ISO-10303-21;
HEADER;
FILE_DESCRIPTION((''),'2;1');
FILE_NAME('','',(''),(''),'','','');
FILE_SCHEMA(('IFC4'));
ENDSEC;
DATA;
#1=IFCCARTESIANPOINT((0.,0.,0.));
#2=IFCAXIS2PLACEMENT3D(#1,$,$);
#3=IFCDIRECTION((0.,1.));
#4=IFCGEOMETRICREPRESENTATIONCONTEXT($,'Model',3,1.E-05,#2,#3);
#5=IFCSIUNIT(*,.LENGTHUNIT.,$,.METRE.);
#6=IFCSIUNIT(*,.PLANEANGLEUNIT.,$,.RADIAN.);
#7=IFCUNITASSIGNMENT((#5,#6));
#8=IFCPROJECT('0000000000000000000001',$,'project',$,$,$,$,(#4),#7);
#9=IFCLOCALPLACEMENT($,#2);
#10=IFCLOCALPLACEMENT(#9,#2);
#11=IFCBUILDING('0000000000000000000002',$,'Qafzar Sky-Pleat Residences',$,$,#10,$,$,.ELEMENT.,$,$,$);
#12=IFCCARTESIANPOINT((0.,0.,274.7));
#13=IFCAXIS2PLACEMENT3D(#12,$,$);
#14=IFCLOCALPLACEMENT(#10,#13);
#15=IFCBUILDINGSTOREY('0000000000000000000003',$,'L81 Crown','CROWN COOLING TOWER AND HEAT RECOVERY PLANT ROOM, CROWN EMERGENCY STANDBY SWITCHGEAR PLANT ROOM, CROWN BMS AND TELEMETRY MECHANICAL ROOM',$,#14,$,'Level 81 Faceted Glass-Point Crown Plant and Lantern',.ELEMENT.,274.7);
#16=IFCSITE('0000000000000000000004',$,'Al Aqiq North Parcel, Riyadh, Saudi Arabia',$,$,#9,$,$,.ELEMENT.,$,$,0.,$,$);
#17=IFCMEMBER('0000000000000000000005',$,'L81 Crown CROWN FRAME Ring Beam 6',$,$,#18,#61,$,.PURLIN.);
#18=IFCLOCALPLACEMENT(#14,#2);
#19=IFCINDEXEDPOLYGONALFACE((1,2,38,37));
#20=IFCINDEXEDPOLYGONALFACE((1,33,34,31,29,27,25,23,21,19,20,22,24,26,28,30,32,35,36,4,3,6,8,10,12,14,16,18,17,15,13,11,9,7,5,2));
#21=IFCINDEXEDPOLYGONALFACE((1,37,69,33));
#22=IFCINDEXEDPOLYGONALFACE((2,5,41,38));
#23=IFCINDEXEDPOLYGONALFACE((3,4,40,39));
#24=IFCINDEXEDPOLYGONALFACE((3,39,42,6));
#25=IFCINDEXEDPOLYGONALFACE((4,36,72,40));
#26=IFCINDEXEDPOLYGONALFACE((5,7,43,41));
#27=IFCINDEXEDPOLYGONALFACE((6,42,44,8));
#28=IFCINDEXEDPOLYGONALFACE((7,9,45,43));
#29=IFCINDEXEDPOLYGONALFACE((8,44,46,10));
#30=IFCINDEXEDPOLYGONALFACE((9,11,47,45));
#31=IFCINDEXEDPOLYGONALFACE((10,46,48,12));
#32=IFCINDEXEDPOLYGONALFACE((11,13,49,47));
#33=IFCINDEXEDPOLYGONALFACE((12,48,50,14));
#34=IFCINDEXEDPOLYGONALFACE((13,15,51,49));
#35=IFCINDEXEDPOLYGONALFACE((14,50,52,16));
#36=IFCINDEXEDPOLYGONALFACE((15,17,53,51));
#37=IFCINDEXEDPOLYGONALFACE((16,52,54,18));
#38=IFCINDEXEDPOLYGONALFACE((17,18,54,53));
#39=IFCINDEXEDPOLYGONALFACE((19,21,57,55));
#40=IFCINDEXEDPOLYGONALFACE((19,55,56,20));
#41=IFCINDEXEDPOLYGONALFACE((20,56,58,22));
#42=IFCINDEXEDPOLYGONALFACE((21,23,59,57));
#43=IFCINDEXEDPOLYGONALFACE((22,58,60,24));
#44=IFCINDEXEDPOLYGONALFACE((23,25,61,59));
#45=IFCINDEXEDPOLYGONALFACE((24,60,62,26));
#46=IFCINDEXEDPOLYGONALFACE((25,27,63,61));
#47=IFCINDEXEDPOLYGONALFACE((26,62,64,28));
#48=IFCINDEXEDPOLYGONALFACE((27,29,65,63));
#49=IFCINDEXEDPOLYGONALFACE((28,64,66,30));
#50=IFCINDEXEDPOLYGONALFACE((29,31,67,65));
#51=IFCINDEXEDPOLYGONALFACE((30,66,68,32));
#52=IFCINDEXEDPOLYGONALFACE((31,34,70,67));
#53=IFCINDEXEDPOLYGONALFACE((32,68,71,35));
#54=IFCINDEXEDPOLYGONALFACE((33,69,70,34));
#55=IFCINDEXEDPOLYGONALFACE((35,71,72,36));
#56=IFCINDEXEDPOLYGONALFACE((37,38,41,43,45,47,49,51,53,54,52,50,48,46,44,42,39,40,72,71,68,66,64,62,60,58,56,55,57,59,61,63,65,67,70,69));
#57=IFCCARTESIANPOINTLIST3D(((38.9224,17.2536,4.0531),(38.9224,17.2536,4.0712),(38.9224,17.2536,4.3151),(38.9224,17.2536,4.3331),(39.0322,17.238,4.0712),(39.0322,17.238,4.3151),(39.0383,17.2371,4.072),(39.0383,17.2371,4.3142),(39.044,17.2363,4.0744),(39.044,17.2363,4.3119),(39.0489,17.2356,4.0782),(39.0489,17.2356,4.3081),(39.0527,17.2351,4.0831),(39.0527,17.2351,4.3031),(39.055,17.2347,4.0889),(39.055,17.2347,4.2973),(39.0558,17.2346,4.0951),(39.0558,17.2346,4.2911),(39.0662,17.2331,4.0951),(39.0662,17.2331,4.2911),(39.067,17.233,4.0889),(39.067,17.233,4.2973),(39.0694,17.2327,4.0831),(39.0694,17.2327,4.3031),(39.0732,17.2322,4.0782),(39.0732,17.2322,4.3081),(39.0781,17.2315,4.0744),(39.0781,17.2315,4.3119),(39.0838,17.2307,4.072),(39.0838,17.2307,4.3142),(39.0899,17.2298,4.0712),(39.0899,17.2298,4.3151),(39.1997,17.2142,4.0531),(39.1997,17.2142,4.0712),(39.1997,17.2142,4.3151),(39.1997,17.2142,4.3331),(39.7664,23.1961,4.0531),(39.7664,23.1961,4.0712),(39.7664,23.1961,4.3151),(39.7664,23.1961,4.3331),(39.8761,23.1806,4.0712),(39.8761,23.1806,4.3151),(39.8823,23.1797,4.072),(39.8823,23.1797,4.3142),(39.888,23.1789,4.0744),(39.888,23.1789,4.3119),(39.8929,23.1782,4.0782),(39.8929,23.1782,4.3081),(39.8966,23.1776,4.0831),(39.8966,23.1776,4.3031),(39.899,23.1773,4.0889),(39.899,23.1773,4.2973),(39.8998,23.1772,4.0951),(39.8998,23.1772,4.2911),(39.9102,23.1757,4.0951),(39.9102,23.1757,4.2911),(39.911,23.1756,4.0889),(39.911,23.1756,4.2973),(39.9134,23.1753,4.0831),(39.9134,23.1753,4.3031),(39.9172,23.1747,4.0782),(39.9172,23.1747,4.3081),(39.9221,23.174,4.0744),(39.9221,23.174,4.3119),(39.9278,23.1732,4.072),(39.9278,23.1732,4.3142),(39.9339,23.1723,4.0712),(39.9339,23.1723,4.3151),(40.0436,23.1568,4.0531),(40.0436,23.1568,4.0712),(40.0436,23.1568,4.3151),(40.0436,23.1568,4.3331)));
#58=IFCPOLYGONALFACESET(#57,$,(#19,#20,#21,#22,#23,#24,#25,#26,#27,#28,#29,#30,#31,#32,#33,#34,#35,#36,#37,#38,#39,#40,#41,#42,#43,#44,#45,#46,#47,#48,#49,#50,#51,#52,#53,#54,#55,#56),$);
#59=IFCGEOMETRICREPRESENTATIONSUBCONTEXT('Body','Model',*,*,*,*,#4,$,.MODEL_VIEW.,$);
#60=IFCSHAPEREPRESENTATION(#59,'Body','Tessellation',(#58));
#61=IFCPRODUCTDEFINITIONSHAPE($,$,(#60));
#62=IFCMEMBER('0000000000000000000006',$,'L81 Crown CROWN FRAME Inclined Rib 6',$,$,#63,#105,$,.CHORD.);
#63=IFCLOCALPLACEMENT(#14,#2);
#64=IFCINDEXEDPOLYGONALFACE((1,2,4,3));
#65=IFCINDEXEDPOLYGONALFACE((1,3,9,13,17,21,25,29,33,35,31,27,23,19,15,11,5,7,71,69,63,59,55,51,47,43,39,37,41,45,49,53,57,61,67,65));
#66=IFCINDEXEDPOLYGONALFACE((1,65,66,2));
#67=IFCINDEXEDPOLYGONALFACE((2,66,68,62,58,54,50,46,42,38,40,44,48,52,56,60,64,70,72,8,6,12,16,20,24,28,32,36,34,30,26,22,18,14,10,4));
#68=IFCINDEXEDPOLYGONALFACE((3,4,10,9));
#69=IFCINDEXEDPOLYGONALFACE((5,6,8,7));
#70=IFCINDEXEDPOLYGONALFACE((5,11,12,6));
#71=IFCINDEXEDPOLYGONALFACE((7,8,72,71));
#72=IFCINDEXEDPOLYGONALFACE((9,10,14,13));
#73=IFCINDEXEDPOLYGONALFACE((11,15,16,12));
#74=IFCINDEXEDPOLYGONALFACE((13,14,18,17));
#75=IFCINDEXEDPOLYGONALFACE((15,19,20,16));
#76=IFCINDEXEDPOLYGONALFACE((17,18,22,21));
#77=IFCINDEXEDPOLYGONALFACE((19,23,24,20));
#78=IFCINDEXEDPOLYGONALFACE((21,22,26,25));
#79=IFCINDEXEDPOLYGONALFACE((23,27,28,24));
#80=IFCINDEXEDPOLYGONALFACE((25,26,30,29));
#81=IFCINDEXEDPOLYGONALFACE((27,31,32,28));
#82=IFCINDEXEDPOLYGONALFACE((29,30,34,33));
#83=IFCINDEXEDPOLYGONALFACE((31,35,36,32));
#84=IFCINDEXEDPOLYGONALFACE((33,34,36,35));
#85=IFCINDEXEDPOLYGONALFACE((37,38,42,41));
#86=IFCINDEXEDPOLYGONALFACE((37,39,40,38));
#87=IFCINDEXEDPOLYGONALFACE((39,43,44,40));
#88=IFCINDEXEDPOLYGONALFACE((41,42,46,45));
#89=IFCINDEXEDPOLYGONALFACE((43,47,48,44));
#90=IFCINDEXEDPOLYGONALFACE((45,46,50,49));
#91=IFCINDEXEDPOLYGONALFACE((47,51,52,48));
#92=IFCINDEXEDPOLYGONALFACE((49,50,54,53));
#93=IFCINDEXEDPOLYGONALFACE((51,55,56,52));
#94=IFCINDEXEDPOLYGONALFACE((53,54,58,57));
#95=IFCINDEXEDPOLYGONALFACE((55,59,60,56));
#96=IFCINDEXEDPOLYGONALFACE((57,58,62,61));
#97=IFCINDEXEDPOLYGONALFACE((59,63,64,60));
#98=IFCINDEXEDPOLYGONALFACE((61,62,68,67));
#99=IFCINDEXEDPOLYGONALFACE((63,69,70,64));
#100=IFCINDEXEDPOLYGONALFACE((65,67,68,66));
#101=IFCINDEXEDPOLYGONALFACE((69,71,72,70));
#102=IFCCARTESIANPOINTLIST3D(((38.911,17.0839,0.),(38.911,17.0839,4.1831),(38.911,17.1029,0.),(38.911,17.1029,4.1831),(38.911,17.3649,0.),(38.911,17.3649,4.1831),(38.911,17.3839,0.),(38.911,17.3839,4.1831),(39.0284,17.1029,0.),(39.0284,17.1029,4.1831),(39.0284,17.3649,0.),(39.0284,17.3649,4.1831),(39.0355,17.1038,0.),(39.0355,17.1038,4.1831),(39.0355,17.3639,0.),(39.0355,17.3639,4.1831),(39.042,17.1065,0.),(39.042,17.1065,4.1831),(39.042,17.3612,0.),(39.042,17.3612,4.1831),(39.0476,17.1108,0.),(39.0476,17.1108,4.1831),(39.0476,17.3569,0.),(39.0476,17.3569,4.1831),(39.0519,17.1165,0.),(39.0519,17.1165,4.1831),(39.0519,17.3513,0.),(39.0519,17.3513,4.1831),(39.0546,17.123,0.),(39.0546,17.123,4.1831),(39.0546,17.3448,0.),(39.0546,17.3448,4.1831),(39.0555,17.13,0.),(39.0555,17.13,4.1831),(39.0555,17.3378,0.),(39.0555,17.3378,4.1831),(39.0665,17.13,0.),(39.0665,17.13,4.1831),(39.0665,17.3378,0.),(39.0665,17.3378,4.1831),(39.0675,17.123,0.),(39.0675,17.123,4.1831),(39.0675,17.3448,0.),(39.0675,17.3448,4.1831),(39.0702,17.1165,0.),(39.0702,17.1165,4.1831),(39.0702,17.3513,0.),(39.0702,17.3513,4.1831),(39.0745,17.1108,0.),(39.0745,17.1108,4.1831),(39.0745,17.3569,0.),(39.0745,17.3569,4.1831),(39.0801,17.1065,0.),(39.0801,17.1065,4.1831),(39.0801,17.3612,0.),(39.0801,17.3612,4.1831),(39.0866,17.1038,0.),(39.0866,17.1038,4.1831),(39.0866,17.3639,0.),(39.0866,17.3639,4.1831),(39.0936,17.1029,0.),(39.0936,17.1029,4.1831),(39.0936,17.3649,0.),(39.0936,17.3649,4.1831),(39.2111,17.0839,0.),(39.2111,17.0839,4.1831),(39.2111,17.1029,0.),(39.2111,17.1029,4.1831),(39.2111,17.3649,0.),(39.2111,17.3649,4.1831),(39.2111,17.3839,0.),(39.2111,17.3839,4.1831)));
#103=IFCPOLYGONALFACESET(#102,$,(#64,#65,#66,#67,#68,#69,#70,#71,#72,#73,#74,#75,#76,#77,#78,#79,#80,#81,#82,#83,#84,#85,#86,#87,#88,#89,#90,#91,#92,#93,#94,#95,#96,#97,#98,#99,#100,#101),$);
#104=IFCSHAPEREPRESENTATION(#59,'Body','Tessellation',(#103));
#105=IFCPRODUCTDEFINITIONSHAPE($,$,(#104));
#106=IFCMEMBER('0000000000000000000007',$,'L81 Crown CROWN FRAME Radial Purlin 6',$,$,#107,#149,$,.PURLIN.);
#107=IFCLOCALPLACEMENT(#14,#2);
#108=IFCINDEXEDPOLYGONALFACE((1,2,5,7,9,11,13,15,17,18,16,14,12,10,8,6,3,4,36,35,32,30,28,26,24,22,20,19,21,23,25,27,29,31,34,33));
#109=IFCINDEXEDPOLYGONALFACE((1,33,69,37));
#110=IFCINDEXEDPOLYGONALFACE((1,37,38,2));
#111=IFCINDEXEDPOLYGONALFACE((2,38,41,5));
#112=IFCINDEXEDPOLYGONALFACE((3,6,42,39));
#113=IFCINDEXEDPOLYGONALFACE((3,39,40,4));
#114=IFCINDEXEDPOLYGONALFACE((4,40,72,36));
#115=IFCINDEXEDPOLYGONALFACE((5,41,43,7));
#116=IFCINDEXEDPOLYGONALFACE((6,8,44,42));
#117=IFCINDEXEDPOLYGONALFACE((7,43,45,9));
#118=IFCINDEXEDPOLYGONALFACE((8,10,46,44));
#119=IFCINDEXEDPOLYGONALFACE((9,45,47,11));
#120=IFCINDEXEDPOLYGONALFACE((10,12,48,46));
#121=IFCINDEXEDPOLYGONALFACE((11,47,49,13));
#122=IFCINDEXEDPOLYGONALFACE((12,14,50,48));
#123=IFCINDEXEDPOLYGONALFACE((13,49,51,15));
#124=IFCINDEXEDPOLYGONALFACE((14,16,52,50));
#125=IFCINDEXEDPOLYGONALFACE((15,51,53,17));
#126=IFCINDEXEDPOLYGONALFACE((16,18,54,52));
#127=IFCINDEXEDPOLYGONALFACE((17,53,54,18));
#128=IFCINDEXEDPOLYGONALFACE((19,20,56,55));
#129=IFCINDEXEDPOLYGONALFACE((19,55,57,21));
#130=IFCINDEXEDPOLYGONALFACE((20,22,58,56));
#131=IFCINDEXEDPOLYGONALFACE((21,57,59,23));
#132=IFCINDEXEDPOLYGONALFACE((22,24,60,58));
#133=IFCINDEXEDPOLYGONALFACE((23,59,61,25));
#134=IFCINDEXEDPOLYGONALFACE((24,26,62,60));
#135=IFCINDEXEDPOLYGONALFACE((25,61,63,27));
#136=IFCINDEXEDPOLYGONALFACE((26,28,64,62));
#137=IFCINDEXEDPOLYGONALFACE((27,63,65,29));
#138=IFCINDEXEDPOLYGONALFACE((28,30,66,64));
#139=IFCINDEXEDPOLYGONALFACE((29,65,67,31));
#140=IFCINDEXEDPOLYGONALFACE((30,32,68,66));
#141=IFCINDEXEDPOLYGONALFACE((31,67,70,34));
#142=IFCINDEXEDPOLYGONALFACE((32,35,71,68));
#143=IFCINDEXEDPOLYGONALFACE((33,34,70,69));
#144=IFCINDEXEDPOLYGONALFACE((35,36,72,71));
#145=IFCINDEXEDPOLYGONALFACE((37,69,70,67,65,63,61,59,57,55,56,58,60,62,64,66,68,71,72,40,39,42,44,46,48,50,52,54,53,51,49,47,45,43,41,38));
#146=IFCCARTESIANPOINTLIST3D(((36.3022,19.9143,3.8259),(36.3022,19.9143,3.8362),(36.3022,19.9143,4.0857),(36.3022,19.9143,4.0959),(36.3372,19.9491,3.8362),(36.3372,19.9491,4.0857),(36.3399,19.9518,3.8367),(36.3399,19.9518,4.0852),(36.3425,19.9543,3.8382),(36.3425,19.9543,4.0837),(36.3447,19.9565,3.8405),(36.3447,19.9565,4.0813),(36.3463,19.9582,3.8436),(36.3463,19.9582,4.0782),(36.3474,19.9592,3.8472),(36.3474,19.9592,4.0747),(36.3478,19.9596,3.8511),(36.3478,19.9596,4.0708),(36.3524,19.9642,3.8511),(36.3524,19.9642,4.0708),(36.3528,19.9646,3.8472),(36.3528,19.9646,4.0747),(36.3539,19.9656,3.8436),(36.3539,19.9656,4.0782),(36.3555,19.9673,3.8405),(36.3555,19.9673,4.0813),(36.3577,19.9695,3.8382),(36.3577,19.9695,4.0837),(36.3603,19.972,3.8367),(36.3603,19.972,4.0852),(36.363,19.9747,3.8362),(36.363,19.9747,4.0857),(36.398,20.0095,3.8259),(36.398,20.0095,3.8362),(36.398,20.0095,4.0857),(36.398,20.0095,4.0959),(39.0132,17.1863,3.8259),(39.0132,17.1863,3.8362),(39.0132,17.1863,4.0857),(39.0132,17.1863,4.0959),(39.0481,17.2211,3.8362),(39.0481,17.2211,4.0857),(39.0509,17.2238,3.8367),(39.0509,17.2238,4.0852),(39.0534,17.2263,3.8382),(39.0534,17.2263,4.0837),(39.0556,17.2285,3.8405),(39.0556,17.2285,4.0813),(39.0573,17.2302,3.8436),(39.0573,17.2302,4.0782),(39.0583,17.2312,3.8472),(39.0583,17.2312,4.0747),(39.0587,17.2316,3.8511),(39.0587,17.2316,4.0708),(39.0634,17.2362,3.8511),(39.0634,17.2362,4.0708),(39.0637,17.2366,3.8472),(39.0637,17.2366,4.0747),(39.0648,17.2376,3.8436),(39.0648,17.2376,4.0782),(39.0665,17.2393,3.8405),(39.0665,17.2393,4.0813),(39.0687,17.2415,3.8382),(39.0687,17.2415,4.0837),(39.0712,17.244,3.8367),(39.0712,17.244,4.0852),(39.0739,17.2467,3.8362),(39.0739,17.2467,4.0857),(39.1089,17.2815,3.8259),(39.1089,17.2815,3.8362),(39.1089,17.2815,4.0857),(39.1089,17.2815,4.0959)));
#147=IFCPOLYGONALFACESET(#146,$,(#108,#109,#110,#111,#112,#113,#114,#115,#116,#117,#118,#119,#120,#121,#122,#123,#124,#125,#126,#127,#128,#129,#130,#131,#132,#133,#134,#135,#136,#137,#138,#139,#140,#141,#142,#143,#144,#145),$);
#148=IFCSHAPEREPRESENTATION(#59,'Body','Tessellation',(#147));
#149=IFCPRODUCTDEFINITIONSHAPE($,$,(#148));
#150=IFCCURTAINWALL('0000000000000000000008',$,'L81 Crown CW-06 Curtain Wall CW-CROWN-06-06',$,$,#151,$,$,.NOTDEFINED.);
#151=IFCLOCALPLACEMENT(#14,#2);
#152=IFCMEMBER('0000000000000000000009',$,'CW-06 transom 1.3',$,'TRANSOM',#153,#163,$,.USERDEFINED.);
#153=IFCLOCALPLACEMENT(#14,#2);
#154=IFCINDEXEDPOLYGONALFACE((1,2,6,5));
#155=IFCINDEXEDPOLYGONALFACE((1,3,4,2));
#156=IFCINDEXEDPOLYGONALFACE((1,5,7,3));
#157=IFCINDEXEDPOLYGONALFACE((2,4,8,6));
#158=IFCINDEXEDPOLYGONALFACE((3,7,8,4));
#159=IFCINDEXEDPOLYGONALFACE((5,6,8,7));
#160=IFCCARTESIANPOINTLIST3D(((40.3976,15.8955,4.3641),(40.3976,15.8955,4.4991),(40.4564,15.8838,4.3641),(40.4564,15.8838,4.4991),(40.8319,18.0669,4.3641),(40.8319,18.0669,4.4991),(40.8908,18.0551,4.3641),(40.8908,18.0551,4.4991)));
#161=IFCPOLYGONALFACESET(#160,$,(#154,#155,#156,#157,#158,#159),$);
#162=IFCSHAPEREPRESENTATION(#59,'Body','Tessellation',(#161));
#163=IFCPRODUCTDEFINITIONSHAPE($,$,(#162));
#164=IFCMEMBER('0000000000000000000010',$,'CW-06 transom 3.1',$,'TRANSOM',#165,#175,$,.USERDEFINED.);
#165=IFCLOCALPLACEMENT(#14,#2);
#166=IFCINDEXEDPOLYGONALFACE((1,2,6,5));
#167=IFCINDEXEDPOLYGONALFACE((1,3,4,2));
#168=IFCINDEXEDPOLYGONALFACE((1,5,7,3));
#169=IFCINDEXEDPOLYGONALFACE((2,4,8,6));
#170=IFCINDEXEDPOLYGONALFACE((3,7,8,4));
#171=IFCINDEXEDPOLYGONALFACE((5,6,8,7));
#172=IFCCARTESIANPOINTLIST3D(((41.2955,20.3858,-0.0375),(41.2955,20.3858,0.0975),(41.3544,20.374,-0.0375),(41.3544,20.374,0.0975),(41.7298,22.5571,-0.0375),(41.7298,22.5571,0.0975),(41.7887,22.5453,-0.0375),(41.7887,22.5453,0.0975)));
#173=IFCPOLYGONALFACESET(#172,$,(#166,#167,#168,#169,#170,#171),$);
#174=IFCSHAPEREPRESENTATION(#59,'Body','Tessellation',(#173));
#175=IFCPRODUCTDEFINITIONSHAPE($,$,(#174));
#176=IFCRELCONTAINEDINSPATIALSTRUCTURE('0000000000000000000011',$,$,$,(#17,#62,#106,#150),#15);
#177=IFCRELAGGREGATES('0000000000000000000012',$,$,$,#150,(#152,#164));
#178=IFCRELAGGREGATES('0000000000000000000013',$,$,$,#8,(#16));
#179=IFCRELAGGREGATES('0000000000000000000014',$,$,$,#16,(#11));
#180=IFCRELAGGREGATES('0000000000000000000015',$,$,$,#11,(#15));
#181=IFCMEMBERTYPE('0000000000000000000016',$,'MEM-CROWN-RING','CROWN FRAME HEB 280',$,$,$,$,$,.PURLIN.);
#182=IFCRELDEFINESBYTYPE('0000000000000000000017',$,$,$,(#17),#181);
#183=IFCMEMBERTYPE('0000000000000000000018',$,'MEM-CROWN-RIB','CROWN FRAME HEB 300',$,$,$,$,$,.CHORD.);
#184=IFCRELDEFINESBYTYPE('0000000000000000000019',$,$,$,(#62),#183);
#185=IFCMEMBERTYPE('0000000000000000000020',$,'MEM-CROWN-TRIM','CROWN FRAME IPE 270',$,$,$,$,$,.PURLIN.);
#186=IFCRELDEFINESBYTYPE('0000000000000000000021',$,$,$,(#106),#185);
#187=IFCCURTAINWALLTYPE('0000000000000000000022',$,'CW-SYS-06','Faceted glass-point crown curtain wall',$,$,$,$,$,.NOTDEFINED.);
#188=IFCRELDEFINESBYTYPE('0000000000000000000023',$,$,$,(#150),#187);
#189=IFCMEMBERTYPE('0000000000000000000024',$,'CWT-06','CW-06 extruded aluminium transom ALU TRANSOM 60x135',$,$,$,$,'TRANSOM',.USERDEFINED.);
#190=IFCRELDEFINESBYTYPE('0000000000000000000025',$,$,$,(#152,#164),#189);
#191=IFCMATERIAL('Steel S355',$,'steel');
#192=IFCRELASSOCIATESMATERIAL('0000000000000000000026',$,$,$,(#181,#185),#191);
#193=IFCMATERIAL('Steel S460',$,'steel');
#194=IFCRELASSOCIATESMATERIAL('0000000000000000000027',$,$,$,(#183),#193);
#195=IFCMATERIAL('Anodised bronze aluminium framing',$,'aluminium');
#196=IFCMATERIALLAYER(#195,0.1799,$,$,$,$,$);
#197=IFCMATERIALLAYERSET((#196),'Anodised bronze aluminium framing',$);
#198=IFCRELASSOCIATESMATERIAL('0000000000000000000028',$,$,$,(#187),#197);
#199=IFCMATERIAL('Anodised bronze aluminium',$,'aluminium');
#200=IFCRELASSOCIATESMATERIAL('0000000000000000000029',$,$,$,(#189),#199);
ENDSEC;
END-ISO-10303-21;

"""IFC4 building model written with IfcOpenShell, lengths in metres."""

from ifc_helpers import new_model, si_unit, direction, frame, origin, origin_2d, place, context, subcontext, project, spatial, rectangle, i_section, extrude, source, transform, mapped, material, layer, layer_set, material_profile, profile_set, type_object, element, aggregate, save


model = new_model("IFC4")

# Units and contexts
model_context = context("Model", 3, precision=1e-05, world=origin(), true_north=direction((0.0, 1.0)))
body_context = subcontext(model_context, "Body", "Model", "MODEL_VIEW")
ifc_project = project(units=[si_unit("LENGTHUNIT", "METRE"), si_unit("PLANEANGLEUNIT", "RADIAN")], contexts=[model_context])

# Site, building, storey
site_placement = place(None, origin())
site = spatial("IfcSite", under=ifc_project, at=site_placement, Name="Al Aqiq North Parcel, Riyadh, Saudi Arabia", CompositionType="ELEMENT", RefElevation=0.0)
building_placement = place(site_placement, origin())
building = spatial("IfcBuilding", under=site, at=building_placement, Name="Qafzar Sky-Pleat Residences", CompositionType="ELEMENT")
storey_placement = place(building_placement, frame((0.0, 0.0, 274.7)))
storey = spatial("IfcBuildingStorey", under=building, at=storey_placement, Name="L81 Crown", Description="CROWN COOLING TOWER AND HEAT RECOVERY PLANT ROOM, CROWN EMERGENCY STANDBY SWITCHGEAR PLANT ROOM, CROWN BMS AND TELEMETRY MECHANICAL ROOM", LongName="Level 81 Faceted Glass-Point Crown Plant and Lantern", CompositionType="ELEMENT", Elevation=274.7)

# Members
ifc_material_1 = material(Name="Steel S355", Category="steel")
ifc_material_profile_1 = material_profile(ifc_material_1, i_section(OverallWidth=0.28, OverallDepth=0.28, WebThickness=0.0105, FlangeThickness=0.0181, FilletRadius=0.0239, at=origin_2d()), Name="HEB 280")
ifc_profile_set_1 = profile_set([ifc_material_profile_1], Name="Steel S355")
member_type_1 = type_object("IfcMemberType", Name="MEM-CROWN-RING", Description="CROWN FRAME HEB 280", PredefinedType="PURLIN", material=ifc_profile_set_1)
shared_shape_1 = source(origin(), body_context, "Body", "SweptSolid", [
    extrude(i_section(OverallWidth=0.28, OverallDepth=0.28, WebThickness=0.0105, FlangeThickness=0.0181, FilletRadius=0.0239, at=origin_2d()), origin(), (0.0, 0.0, 1.0), 6.0022),
])
member_1_placement = place(storey_placement, frame((39.061, 17.2339, 4.1931), z_axis=(0.140613, 0.990065, 0.0), x_axis=(-0.990065, 0.140613, 0.0)))
element("IfcMember", 1, at=member_1_placement, inside=storey, type_object=member_type_1, Name="L81 Crown CROWN FRAME Ring Beam 6", PredefinedType="PURLIN", context=body_context, shape_type="MappedRepresentation", body=[
    mapped(shared_shape_1, transform((0.0, 0.0, 0.0), x_axis=(1.0, 0.0, 0.0), y_axis=(0.0, 1.0, 0.0), z_axis=(0.0, 0.0, 1.0), scale=1.0)),
])
ifc_material_2 = material(Name="Steel S460", Category="steel")
ifc_material_profile_2 = material_profile(ifc_material_2, i_section(OverallWidth=0.3, OverallDepth=0.3, WebThickness=0.011, FlangeThickness=0.019, FilletRadius=0.0271, at=origin_2d()), Name="HEB 300")
ifc_profile_set_2 = profile_set([ifc_material_profile_2], Name="Steel S460")
member_type_2 = type_object("IfcMemberType", Name="MEM-CROWN-RIB", Description="CROWN FRAME HEB 300", PredefinedType="CHORD", material=ifc_profile_set_2)
shared_shape_2 = source(origin(), body_context, "Body", "SweptSolid", [
    extrude(i_section(OverallWidth=0.3, OverallDepth=0.3, WebThickness=0.011, FlangeThickness=0.019, FilletRadius=0.0271, at=origin_2d()), origin(), (0.0, 0.0, 1.0), 4.1831),
])
member_2_placement = place(storey_placement, frame((39.061, 17.2339, 0.0), z_axis=(0.0, 0.0, 1.0), x_axis=(1.0, 0.0, 0.0)))
element("IfcMember", 2, at=member_2_placement, inside=storey, type_object=member_type_2, Name="L81 Crown CROWN FRAME Inclined Rib 6", PredefinedType="CHORD", context=body_context, shape_type="MappedRepresentation", body=[
    mapped(shared_shape_2, transform((0.0, 0.0, 0.0), x_axis=(1.0, 0.0, 0.0), y_axis=(0.0, 1.0, 0.0), z_axis=(0.0, 0.0, 1.0), scale=1.0)),
])
ifc_material_profile_3 = material_profile(ifc_material_1, i_section(OverallWidth=0.135, OverallDepth=0.27, WebThickness=0.0066, FlangeThickness=0.0103, FilletRadius=0.0149, at=origin_2d()), Name="IPE 270")
ifc_profile_set_3 = profile_set([ifc_material_profile_3], Name="Steel S355")
member_type_3 = type_object("IfcMemberType", Name="MEM-CROWN-TRIM", Description="CROWN FRAME IPE 270", PredefinedType="PURLIN", material=ifc_profile_set_3)
shared_shape_3 = source(origin(), body_context, "Body", "SweptSolid", [
    extrude(i_section(OverallWidth=0.135, OverallDepth=0.27, WebThickness=0.0066, FlangeThickness=0.0103, FilletRadius=0.0149, at=origin_2d()), origin(), (0.0, 0.0, 1.0), 3.8459),
])
member_3_placement = place(storey_placement, frame((39.061, 17.2339, 3.9609), z_axis=(-0.704881, 0.709325, 0.0), x_axis=(-0.709325, -0.704881, 0.0)))
element("IfcMember", 3, at=member_3_placement, inside=storey, type_object=member_type_3, Name="L81 Crown CROWN FRAME Radial Purlin 6", PredefinedType="PURLIN", context=body_context, shape_type="MappedRepresentation", body=[
    mapped(shared_shape_3, transform((0.0, 0.0, 0.0), x_axis=(1.0, 0.0, 0.0), y_axis=(0.0, 1.0, 0.0), z_axis=(0.0, 0.0, 1.0), scale=1.0)),
])

# Curtain wall, members
ifc_material_3 = material(Name="Anodised bronze aluminium framing", Category="aluminium")
ifc_layer_1 = layer(ifc_material_3, 0.1799)
ifc_layer_set_1 = layer_set([ifc_layer_1], Name="Anodised bronze aluminium framing")
curtain_wall_type = type_object("IfcCurtainWallType", Name="CW-SYS-06", Description="Faceted glass-point crown curtain wall", PredefinedType="NOTDEFINED", material=ifc_layer_set_1)
curtain_wall_placement = place(storey_placement, origin())
curtain_wall = element("IfcCurtainWall", 4, at=curtain_wall_placement, inside=storey, type_object=curtain_wall_type, Name="L81 Crown CW-06 Curtain Wall CW-CROWN-06-06", PredefinedType="NOTDEFINED")
ifc_material_4 = material(Name="Anodised bronze aluminium", Category="aluminium")
ifc_material_profile_4 = material_profile(ifc_material_4, rectangle(XDim=0.0601, YDim=0.135, at=origin_2d()), Name="ALU TRANSOM 60x135")
ifc_profile_set_4 = profile_set([ifc_material_profile_4], Name="Anodised bronze aluminium")
member_type_4 = type_object("IfcMemberType", Name="CWT-06", Description="CW-06 extruded aluminium transom ALU TRANSOM 60x135", ElementType="TRANSOM", PredefinedType="USERDEFINED", material=ifc_profile_set_4)
shared_shape_4 = source(origin(), body_context, "Body", "SweptSolid", [
    extrude(rectangle(XDim=0.0601, YDim=0.135, at=origin_2d()), origin(), (0.0, 0.0, 1.0), 2.2144),
])
member_4_placement = place(storey_placement, frame((40.427, 15.8896, 4.4316), z_axis=(0.196137, 0.980576, 0.0), x_axis=(-0.980576, 0.196137, 0.0)))
member_4 = element("IfcMember", 5, at=member_4_placement, type_object=member_type_4, Name="CW-06 transom 1.3", ObjectType="TRANSOM", PredefinedType="USERDEFINED", context=body_context, shape_type="MappedRepresentation", body=[
    mapped(shared_shape_4, transform((0.0, 0.0, 0.0), x_axis=(1.0, 0.0, 0.0), y_axis=(0.0, 1.0, 0.0), z_axis=(0.0, 0.0, 1.0), scale=1.0)),
])
member_5_placement = place(storey_placement, frame((41.325, 20.3799, 0.03), z_axis=(0.196137, 0.980576, 0.0), x_axis=(-0.980576, 0.196137, 0.0)))
member_5 = element("IfcMember", 6, at=member_5_placement, type_object=member_type_4, Name="CW-06 transom 3.1", ObjectType="TRANSOM", PredefinedType="USERDEFINED", context=body_context, shape_type="MappedRepresentation", body=[
    mapped(shared_shape_4, transform((0.0, 0.0, 0.0), x_axis=(1.0, 0.0, 0.0), y_axis=(0.0, 1.0, 0.0), z_axis=(0.0, 0.0, 1.0), scale=1.0)),
])
aggregate(curtain_wall, [member_4, member_5])

save(model, "model.ifc")
